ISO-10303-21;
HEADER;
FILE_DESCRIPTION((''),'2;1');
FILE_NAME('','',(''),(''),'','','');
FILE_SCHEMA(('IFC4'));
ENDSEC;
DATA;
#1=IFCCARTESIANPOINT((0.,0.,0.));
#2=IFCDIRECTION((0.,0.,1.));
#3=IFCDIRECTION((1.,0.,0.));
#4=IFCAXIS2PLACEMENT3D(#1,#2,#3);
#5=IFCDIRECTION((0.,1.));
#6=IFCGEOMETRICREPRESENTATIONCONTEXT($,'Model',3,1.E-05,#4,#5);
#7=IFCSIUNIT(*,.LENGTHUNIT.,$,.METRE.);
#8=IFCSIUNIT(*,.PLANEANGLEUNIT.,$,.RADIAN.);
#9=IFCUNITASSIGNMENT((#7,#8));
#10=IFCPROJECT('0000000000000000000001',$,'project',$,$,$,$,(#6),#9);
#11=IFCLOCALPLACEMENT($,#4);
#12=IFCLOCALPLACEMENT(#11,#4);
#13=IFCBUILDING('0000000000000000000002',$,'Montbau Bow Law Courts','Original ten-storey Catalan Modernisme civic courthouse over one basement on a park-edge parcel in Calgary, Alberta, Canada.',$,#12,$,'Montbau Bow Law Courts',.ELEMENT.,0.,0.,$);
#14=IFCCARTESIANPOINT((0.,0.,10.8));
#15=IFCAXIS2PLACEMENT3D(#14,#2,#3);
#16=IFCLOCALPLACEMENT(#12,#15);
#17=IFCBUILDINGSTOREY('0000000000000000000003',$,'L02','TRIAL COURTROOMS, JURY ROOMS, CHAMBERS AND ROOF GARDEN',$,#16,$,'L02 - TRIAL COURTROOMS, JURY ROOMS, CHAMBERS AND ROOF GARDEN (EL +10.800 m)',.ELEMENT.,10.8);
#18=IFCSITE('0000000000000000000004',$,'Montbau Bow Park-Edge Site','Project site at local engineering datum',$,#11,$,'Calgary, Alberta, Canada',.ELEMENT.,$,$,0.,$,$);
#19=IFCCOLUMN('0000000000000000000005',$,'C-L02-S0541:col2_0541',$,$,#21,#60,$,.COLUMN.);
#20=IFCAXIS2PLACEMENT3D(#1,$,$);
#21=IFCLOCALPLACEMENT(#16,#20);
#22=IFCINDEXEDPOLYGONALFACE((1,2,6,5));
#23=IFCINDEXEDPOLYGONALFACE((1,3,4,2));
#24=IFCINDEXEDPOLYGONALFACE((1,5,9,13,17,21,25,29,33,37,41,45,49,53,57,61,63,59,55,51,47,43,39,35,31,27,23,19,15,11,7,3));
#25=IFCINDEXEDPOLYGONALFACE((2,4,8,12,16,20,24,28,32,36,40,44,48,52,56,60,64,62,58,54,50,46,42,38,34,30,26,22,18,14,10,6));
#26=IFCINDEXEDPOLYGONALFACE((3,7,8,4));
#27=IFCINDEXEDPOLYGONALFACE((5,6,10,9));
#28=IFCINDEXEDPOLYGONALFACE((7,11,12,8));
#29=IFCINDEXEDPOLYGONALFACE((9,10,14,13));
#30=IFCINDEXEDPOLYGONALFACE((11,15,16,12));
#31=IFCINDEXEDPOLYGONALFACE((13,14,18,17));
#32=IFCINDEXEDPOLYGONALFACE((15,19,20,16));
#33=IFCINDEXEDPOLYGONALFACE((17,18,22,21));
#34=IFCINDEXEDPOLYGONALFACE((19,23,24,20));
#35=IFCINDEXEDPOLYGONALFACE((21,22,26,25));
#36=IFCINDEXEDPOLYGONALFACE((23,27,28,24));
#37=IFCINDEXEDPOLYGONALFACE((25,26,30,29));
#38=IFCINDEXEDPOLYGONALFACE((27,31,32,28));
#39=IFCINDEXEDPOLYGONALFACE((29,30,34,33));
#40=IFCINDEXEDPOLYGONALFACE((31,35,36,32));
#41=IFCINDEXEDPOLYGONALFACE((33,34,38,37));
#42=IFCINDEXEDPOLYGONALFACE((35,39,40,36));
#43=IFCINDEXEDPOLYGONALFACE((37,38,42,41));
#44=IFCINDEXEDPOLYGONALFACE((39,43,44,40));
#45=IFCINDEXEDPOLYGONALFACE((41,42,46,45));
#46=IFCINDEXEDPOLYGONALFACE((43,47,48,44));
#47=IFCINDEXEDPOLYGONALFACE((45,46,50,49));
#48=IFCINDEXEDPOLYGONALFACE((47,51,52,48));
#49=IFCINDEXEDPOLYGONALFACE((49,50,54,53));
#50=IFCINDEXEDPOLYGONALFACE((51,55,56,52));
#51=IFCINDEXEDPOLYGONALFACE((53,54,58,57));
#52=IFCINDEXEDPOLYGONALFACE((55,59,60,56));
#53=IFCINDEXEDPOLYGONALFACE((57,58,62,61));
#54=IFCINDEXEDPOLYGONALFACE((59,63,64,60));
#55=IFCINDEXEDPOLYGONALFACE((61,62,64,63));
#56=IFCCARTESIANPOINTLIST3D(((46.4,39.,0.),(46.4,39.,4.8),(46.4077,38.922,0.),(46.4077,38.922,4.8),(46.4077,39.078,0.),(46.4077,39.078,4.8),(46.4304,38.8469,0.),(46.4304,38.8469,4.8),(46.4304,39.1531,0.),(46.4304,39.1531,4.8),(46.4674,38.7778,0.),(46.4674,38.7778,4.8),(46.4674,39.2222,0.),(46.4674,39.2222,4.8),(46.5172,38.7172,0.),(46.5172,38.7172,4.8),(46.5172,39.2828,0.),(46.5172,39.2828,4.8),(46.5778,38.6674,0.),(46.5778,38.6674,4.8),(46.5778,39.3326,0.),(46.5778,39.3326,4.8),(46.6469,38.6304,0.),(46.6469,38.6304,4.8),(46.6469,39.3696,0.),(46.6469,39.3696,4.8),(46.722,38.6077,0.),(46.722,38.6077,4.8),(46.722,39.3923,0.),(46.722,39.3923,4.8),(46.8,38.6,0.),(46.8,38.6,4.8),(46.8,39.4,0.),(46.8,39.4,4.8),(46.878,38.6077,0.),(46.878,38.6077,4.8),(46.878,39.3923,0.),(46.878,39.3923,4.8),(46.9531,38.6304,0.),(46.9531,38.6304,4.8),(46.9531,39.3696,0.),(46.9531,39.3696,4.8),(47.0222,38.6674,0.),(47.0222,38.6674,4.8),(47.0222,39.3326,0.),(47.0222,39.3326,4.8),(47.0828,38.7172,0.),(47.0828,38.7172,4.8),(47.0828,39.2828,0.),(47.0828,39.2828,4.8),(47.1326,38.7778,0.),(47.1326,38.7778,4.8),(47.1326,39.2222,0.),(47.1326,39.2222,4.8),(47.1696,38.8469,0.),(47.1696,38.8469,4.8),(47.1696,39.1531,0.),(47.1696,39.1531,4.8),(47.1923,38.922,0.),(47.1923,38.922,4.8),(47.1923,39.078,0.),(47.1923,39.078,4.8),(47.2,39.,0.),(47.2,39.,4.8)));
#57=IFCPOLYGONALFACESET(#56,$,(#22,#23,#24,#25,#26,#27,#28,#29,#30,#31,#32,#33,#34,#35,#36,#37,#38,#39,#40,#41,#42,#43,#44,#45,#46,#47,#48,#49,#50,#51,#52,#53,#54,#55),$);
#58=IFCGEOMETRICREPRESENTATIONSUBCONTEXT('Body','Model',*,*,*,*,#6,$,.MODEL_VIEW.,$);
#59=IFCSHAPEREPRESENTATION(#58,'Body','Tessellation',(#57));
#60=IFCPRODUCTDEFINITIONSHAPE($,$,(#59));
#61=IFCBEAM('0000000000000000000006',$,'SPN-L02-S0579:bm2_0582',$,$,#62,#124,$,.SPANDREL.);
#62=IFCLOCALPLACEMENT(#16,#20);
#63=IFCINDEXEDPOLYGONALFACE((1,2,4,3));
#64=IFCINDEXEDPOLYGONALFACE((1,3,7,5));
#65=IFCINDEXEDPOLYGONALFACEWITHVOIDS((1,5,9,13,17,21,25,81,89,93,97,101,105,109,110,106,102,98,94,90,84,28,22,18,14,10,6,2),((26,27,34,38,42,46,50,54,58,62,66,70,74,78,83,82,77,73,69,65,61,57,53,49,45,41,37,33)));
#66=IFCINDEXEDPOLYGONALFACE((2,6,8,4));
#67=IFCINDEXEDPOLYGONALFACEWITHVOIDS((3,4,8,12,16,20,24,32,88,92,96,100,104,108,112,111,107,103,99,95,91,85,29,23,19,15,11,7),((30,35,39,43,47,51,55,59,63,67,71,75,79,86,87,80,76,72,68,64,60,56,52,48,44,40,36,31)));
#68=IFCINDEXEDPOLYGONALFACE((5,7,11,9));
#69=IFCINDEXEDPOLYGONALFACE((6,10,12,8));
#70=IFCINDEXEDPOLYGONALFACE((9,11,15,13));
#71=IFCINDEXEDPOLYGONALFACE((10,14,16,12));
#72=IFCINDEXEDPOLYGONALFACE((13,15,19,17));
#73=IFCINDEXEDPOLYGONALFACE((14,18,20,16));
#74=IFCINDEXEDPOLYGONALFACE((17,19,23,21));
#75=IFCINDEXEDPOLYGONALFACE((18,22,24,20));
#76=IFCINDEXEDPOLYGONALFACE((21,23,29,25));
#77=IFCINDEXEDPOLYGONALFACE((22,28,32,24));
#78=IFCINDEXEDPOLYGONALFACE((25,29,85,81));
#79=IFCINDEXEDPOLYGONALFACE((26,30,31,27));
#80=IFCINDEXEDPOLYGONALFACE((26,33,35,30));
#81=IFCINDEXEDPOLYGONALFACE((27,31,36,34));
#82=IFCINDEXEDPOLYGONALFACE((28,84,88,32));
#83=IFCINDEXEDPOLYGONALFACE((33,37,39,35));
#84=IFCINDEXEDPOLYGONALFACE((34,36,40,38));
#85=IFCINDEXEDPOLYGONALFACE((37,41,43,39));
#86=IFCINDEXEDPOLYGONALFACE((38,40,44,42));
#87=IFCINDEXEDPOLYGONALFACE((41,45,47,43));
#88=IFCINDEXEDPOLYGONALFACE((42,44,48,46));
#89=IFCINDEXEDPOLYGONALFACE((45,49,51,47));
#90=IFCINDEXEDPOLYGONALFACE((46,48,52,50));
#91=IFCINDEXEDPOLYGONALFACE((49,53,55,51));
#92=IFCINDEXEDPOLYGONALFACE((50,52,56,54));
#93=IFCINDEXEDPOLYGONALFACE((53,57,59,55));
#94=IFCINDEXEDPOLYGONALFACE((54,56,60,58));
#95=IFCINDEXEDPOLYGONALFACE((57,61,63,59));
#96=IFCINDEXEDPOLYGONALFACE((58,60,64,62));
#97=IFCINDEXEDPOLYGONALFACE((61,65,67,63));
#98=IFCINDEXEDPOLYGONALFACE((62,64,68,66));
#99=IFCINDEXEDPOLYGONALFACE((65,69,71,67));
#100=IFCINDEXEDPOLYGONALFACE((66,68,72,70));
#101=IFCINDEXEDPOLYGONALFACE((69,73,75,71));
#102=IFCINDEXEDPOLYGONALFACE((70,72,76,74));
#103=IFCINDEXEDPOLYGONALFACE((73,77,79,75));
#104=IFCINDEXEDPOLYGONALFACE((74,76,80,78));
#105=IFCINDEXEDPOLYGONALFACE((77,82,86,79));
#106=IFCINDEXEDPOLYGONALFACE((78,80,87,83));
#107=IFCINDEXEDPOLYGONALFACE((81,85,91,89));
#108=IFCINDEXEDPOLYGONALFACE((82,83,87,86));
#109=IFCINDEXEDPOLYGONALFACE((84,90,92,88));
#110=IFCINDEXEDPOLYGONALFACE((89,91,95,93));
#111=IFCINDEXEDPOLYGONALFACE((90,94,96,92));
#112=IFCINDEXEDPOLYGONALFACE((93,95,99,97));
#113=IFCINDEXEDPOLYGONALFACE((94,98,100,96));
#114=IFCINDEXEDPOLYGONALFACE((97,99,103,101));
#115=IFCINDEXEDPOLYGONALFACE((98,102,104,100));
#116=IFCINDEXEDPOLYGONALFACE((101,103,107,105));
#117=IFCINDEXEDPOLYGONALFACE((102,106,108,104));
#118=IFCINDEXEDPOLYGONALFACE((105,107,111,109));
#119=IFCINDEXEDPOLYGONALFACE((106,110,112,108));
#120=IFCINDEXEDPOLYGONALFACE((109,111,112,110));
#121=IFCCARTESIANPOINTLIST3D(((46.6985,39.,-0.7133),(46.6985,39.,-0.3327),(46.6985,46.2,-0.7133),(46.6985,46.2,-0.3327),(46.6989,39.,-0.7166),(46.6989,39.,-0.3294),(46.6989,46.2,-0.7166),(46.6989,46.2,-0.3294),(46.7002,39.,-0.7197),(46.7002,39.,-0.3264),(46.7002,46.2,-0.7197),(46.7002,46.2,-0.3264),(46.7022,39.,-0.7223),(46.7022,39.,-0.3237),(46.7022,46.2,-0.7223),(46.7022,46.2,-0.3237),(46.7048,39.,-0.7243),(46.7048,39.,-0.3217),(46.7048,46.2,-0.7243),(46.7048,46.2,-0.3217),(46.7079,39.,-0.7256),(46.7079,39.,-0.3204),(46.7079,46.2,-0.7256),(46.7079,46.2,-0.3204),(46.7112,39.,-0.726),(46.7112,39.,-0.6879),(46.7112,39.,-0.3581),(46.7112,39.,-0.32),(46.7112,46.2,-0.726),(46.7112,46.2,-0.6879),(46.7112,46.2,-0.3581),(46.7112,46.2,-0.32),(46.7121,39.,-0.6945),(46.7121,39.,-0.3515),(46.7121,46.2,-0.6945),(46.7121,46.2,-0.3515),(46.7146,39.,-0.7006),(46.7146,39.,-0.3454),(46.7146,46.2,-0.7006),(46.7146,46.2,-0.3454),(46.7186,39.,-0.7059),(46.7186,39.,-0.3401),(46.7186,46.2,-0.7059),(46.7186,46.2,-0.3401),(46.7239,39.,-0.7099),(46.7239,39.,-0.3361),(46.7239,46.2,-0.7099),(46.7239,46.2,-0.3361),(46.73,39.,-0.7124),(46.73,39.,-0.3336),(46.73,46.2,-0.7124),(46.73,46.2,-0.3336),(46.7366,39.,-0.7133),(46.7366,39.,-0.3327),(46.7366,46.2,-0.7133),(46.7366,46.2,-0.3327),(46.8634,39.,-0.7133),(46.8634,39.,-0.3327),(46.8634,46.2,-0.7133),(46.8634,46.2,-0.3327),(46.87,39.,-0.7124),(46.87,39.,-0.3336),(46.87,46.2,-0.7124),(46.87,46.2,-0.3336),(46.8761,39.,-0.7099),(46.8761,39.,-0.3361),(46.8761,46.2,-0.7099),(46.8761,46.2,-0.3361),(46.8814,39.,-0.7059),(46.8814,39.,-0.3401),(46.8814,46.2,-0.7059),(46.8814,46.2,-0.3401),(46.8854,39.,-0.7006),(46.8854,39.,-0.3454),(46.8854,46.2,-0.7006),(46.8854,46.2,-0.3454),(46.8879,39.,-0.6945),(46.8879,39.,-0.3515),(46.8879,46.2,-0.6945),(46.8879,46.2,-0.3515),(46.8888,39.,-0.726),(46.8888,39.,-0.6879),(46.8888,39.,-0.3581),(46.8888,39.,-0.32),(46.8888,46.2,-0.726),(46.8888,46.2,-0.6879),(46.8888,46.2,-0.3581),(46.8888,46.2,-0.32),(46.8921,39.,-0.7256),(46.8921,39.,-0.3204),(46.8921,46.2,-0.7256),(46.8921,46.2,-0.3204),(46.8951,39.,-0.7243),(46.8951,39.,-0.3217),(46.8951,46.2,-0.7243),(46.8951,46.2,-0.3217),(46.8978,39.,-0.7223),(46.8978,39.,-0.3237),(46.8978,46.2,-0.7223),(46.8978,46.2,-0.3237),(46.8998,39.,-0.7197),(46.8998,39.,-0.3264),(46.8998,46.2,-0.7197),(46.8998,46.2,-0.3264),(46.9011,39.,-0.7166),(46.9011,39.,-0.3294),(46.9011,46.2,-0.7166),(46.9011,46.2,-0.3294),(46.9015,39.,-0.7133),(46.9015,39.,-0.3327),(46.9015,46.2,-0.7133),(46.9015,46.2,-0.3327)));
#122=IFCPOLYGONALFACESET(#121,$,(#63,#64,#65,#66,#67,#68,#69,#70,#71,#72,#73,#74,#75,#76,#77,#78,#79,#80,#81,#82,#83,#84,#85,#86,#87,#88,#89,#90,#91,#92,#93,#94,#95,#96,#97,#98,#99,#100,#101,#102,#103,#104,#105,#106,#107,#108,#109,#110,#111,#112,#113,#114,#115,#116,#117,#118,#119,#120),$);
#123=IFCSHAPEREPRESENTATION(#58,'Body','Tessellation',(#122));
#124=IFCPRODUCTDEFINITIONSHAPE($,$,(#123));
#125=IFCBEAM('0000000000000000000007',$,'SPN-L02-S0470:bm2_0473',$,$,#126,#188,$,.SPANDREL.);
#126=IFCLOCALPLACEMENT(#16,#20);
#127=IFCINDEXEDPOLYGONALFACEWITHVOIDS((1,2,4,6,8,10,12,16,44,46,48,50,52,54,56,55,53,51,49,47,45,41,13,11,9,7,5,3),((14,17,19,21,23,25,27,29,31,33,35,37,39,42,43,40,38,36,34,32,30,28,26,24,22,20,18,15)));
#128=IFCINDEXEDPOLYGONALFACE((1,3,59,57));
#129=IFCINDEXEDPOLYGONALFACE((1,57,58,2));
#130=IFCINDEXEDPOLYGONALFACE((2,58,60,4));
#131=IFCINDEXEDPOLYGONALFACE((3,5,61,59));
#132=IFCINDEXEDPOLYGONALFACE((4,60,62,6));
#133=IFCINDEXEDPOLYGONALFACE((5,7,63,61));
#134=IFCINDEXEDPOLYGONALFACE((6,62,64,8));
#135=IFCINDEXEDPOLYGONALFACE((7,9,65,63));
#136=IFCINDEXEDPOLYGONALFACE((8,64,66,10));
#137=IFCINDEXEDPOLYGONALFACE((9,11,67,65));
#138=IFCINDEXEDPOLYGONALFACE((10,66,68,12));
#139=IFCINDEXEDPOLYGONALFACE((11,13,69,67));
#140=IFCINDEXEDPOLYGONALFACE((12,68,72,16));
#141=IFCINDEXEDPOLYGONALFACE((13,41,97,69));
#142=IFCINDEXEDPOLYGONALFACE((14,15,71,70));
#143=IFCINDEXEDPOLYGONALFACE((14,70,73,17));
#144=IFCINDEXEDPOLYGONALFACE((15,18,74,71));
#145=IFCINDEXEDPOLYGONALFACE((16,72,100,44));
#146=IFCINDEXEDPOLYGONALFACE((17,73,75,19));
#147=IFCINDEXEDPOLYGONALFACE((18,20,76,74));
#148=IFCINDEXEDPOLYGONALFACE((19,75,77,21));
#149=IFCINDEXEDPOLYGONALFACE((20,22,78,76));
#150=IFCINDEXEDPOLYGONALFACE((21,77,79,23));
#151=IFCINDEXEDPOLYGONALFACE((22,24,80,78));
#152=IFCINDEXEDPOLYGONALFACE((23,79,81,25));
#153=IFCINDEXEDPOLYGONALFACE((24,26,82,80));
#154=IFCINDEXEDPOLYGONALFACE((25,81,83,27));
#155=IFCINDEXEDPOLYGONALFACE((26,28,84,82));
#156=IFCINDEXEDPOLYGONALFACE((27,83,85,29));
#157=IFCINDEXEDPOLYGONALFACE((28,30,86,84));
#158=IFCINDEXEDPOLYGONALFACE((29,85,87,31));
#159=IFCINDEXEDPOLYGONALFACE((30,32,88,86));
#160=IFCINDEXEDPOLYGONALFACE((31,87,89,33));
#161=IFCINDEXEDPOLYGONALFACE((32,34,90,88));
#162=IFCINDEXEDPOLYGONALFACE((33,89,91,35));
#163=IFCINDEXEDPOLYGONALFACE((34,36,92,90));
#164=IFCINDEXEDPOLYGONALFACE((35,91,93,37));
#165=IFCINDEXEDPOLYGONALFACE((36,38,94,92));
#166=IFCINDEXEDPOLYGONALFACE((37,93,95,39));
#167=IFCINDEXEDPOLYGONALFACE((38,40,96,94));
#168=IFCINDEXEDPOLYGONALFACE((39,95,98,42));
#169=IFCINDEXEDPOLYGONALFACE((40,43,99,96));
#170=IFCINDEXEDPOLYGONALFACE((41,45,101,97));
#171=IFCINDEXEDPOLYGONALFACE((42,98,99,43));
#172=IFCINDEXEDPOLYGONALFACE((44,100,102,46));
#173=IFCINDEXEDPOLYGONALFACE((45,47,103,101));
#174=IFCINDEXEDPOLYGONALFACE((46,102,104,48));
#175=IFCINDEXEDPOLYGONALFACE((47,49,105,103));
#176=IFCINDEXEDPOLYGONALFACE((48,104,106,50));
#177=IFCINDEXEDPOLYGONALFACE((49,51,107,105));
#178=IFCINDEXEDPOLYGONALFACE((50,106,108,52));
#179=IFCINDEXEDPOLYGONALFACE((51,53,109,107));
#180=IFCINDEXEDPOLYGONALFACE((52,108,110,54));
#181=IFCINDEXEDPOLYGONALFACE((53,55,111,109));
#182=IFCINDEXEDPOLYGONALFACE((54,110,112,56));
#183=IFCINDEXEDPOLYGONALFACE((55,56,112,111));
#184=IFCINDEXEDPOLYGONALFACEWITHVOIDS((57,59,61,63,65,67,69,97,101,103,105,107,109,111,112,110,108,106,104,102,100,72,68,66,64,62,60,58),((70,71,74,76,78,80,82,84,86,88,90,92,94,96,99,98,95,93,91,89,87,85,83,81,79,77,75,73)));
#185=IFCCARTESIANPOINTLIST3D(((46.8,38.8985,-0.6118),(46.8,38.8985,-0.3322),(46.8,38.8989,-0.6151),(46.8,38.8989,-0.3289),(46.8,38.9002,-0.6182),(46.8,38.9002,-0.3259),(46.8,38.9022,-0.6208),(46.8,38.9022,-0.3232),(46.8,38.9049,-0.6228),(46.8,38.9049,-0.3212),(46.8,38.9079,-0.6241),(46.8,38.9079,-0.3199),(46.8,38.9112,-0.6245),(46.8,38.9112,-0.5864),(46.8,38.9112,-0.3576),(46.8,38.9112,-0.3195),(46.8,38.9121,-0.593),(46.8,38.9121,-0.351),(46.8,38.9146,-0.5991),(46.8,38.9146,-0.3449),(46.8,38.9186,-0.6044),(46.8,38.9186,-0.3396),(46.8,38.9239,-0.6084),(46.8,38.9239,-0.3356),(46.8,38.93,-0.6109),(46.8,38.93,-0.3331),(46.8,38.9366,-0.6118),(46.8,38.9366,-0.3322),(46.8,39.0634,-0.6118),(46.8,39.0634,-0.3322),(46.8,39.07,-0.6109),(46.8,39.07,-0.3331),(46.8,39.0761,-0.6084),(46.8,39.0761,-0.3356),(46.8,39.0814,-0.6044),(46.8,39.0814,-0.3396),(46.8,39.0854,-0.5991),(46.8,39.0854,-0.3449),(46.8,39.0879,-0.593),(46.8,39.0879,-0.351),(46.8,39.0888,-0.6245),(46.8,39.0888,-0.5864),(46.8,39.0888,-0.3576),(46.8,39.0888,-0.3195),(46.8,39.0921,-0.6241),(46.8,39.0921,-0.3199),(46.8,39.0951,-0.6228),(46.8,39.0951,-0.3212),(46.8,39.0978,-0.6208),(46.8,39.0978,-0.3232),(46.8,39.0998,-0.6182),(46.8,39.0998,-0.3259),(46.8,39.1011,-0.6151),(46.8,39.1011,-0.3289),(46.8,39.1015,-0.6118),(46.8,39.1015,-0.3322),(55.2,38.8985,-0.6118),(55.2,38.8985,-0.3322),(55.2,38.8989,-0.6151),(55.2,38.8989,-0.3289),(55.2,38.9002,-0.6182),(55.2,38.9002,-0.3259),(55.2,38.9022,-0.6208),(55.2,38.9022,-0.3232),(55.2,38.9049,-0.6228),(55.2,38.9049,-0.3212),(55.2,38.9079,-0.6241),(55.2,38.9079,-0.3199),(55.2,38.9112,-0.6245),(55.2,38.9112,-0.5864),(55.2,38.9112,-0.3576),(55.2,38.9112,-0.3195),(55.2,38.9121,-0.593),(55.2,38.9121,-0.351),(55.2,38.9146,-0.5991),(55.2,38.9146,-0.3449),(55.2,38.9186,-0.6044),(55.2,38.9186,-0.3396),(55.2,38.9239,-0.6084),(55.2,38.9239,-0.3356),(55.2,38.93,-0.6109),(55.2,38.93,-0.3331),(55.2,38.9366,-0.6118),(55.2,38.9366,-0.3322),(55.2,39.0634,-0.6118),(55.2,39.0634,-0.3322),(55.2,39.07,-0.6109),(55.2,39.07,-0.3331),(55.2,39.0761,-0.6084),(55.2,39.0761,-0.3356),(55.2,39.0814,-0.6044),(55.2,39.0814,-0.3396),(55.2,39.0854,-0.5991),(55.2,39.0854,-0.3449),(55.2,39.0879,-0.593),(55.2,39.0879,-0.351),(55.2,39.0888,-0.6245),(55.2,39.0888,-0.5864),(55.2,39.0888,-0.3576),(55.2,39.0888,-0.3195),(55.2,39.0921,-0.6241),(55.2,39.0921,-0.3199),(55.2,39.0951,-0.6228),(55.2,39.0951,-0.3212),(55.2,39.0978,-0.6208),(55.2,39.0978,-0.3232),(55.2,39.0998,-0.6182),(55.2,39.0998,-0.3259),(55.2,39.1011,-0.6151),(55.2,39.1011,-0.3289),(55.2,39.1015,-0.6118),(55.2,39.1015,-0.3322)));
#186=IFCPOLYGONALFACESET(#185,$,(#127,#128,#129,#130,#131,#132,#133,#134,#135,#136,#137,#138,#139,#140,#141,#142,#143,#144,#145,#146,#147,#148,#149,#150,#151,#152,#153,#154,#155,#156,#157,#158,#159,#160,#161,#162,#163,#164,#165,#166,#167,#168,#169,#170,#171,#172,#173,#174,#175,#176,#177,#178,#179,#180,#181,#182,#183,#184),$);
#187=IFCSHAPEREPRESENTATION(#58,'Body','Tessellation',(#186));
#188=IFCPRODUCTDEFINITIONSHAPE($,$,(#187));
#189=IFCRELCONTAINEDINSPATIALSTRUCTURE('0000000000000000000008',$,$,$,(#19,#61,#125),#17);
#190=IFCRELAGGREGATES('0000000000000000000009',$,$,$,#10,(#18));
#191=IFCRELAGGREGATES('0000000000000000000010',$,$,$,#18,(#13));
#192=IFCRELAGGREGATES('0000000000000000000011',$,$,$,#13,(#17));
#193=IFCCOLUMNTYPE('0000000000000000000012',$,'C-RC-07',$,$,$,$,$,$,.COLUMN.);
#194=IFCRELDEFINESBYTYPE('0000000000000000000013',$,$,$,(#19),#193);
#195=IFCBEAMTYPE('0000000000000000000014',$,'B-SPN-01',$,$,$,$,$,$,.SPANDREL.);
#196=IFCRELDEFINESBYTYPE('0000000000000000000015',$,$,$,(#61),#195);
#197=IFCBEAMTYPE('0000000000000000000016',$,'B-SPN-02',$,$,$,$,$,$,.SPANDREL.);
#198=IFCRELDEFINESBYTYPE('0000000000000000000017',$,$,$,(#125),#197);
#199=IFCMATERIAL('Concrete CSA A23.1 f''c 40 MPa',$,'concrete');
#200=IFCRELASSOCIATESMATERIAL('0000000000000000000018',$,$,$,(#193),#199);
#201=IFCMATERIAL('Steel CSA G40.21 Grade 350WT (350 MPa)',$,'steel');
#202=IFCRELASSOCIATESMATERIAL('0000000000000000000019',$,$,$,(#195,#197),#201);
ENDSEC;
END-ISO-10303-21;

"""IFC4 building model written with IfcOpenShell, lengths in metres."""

from ifc_helpers import new_model, si_unit, direction, frame, origin_with_axes, origin_2d_with_axis, place, context, subcontext, project, spatial, hollow_rectangle, circle, extrude, material, material_profile, profile_set, type_object, element, save


model = new_model("IFC4")

# Units and contexts
model_context = context("Model", 3, precision=1e-05, world=origin_with_axes(), true_north=direction((0.0, 1.0)))
body_context = subcontext(model_context, "Body", "Model", "MODEL_VIEW")
ifc_project = project(units=[si_unit("LENGTHUNIT", "METRE"), si_unit("PLANEANGLEUNIT", "RADIAN")], contexts=[model_context])

# Site, building, storey
site_placement = place(None, origin_with_axes())
site = spatial("IfcSite", under=ifc_project, at=site_placement, Name="Montbau Bow Park-Edge Site", Description="Project site at local engineering datum", LongName="Calgary, Alberta, Canada", CompositionType="ELEMENT", RefElevation=0.0)
building_placement = place(site_placement, origin_with_axes())
building = spatial("IfcBuilding", under=site, at=building_placement, Name="Montbau Bow Law Courts", Description="Original ten-storey Catalan Modernisme civic courthouse over one basement on a park-edge parcel in Calgary, Alberta, Canada.", LongName="Montbau Bow Law Courts", CompositionType="ELEMENT", ElevationOfRefHeight=0.0, ElevationOfTerrain=0.0)
storey_placement = place(building_placement, frame((0.0, 0.0, 10.8), z_axis=(0.0, 0.0, 1.0), x_axis=(1.0, 0.0, 0.0)))
storey = spatial("IfcBuildingStorey", under=building, at=storey_placement, Name="L02", Description="TRIAL COURTROOMS, JURY ROOMS, CHAMBERS AND ROOF GARDEN", LongName="L02 - TRIAL COURTROOMS, JURY ROOMS, CHAMBERS AND ROOF GARDEN (EL +10.800 m)", CompositionType="ELEMENT", Elevation=10.8)

# Column
ifc_material_1 = material(Name="Concrete CSA A23.1 f'c 40 MPa", Category="concrete")
ifc_material_profile_1 = material_profile(ifc_material_1, circle(Radius=0.4, at=origin_2d_with_axis()), Name="RC800D", Category="Main", Priority=0)
ifc_profile_set_1 = profile_set([ifc_material_profile_1], Name="Concrete CSA A23.1 f'c 40 MPa")
column_type = type_object("IfcColumnType", Name="C-RC-07", PredefinedType="COLUMN", material=ifc_profile_set_1)
column_placement = place(None, frame((46.8, 39.0, 10.8), z_axis=(0.0, 0.0, 1.0), x_axis=(1.0, 0.0, 0.0)))
element("IfcColumn", 1, at=column_placement, inside=storey, type_object=column_type, Name="C-L02-S0541:col2_0541", PredefinedType="COLUMN", context=body_context, shape_type="SweptSolid", body=[
    extrude(circle(Radius=0.4, at=origin_2d_with_axis()), origin_with_axes(), (0.0, 0.0, 1.0), 4.8),
])

# Beams
ifc_material_2 = material(Name="Steel CSA G40.21 Grade 350WT (350 MPa)", Category="steel")
ifc_material_profile_2 = material_profile(ifc_material_2, hollow_rectangle(XDim=0.203, YDim=0.406, WallThickness=0.0127, InnerFilletRadius=0.0254, OuterFilletRadius=0.0127, at=origin_2d_with_axis()), Name="HSS406X203X13", Category="Main", Priority=0)
ifc_profile_set_2 = profile_set([ifc_material_profile_2], Name="Steel CSA G40.21 Grade 350WT (350 MPa)")
beam_type_1 = type_object("IfcBeamType", Name="B-SPN-01", PredefinedType="SPANDREL", material=ifc_profile_set_2)
beam_1_placement = place(None, frame((46.8, 39.0, 10.277), z_axis=(0.0, 1.0, 0.0), x_axis=(-1.0, 0.0, 0.0)))
element("IfcBeam", 2, at=beam_1_placement, inside=storey, type_object=beam_type_1, Name="SPN-L02-S0579:bm2_0582", PredefinedType="SPANDREL", context=body_context, shape_type="SweptSolid", body=[
    extrude(hollow_rectangle(XDim=0.203, YDim=0.406, WallThickness=0.0127, InnerFilletRadius=0.0254, OuterFilletRadius=0.0127, at=origin_2d_with_axis()), origin_with_axes(), (0.0, 0.0, 1.0), 7.2),
])
ifc_material_profile_3 = material_profile(ifc_material_2, hollow_rectangle(XDim=0.203, YDim=0.305, WallThickness=0.0127, InnerFilletRadius=0.0254, OuterFilletRadius=0.0127, at=origin_2d_with_axis()), Name="HSS305X203X13", Category="Main", Priority=0)
ifc_profile_set_3 = profile_set([ifc_material_profile_3], Name="Steel CSA G40.21 Grade 350WT (350 MPa)")
beam_type_2 = type_object("IfcBeamType", Name="B-SPN-02", PredefinedType="SPANDREL", material=ifc_profile_set_3)
beam_2_placement = place(None, frame((46.8, 39.0, 10.328), z_axis=(1.0, 0.0, 0.0), x_axis=(0.0, 1.0, 0.0)))
element("IfcBeam", 3, at=beam_2_placement, inside=storey, type_object=beam_type_2, Name="SPN-L02-S0470:bm2_0473", PredefinedType="SPANDREL", context=body_context, shape_type="SweptSolid", body=[
    extrude(hollow_rectangle(XDim=0.203, YDim=0.305, WallThickness=0.0127, InnerFilletRadius=0.0254, OuterFilletRadius=0.0127, at=origin_2d_with_axis()), origin_with_axes(), (0.0, 0.0, 1.0), 8.4),
])

save(model, "model.ifc")
